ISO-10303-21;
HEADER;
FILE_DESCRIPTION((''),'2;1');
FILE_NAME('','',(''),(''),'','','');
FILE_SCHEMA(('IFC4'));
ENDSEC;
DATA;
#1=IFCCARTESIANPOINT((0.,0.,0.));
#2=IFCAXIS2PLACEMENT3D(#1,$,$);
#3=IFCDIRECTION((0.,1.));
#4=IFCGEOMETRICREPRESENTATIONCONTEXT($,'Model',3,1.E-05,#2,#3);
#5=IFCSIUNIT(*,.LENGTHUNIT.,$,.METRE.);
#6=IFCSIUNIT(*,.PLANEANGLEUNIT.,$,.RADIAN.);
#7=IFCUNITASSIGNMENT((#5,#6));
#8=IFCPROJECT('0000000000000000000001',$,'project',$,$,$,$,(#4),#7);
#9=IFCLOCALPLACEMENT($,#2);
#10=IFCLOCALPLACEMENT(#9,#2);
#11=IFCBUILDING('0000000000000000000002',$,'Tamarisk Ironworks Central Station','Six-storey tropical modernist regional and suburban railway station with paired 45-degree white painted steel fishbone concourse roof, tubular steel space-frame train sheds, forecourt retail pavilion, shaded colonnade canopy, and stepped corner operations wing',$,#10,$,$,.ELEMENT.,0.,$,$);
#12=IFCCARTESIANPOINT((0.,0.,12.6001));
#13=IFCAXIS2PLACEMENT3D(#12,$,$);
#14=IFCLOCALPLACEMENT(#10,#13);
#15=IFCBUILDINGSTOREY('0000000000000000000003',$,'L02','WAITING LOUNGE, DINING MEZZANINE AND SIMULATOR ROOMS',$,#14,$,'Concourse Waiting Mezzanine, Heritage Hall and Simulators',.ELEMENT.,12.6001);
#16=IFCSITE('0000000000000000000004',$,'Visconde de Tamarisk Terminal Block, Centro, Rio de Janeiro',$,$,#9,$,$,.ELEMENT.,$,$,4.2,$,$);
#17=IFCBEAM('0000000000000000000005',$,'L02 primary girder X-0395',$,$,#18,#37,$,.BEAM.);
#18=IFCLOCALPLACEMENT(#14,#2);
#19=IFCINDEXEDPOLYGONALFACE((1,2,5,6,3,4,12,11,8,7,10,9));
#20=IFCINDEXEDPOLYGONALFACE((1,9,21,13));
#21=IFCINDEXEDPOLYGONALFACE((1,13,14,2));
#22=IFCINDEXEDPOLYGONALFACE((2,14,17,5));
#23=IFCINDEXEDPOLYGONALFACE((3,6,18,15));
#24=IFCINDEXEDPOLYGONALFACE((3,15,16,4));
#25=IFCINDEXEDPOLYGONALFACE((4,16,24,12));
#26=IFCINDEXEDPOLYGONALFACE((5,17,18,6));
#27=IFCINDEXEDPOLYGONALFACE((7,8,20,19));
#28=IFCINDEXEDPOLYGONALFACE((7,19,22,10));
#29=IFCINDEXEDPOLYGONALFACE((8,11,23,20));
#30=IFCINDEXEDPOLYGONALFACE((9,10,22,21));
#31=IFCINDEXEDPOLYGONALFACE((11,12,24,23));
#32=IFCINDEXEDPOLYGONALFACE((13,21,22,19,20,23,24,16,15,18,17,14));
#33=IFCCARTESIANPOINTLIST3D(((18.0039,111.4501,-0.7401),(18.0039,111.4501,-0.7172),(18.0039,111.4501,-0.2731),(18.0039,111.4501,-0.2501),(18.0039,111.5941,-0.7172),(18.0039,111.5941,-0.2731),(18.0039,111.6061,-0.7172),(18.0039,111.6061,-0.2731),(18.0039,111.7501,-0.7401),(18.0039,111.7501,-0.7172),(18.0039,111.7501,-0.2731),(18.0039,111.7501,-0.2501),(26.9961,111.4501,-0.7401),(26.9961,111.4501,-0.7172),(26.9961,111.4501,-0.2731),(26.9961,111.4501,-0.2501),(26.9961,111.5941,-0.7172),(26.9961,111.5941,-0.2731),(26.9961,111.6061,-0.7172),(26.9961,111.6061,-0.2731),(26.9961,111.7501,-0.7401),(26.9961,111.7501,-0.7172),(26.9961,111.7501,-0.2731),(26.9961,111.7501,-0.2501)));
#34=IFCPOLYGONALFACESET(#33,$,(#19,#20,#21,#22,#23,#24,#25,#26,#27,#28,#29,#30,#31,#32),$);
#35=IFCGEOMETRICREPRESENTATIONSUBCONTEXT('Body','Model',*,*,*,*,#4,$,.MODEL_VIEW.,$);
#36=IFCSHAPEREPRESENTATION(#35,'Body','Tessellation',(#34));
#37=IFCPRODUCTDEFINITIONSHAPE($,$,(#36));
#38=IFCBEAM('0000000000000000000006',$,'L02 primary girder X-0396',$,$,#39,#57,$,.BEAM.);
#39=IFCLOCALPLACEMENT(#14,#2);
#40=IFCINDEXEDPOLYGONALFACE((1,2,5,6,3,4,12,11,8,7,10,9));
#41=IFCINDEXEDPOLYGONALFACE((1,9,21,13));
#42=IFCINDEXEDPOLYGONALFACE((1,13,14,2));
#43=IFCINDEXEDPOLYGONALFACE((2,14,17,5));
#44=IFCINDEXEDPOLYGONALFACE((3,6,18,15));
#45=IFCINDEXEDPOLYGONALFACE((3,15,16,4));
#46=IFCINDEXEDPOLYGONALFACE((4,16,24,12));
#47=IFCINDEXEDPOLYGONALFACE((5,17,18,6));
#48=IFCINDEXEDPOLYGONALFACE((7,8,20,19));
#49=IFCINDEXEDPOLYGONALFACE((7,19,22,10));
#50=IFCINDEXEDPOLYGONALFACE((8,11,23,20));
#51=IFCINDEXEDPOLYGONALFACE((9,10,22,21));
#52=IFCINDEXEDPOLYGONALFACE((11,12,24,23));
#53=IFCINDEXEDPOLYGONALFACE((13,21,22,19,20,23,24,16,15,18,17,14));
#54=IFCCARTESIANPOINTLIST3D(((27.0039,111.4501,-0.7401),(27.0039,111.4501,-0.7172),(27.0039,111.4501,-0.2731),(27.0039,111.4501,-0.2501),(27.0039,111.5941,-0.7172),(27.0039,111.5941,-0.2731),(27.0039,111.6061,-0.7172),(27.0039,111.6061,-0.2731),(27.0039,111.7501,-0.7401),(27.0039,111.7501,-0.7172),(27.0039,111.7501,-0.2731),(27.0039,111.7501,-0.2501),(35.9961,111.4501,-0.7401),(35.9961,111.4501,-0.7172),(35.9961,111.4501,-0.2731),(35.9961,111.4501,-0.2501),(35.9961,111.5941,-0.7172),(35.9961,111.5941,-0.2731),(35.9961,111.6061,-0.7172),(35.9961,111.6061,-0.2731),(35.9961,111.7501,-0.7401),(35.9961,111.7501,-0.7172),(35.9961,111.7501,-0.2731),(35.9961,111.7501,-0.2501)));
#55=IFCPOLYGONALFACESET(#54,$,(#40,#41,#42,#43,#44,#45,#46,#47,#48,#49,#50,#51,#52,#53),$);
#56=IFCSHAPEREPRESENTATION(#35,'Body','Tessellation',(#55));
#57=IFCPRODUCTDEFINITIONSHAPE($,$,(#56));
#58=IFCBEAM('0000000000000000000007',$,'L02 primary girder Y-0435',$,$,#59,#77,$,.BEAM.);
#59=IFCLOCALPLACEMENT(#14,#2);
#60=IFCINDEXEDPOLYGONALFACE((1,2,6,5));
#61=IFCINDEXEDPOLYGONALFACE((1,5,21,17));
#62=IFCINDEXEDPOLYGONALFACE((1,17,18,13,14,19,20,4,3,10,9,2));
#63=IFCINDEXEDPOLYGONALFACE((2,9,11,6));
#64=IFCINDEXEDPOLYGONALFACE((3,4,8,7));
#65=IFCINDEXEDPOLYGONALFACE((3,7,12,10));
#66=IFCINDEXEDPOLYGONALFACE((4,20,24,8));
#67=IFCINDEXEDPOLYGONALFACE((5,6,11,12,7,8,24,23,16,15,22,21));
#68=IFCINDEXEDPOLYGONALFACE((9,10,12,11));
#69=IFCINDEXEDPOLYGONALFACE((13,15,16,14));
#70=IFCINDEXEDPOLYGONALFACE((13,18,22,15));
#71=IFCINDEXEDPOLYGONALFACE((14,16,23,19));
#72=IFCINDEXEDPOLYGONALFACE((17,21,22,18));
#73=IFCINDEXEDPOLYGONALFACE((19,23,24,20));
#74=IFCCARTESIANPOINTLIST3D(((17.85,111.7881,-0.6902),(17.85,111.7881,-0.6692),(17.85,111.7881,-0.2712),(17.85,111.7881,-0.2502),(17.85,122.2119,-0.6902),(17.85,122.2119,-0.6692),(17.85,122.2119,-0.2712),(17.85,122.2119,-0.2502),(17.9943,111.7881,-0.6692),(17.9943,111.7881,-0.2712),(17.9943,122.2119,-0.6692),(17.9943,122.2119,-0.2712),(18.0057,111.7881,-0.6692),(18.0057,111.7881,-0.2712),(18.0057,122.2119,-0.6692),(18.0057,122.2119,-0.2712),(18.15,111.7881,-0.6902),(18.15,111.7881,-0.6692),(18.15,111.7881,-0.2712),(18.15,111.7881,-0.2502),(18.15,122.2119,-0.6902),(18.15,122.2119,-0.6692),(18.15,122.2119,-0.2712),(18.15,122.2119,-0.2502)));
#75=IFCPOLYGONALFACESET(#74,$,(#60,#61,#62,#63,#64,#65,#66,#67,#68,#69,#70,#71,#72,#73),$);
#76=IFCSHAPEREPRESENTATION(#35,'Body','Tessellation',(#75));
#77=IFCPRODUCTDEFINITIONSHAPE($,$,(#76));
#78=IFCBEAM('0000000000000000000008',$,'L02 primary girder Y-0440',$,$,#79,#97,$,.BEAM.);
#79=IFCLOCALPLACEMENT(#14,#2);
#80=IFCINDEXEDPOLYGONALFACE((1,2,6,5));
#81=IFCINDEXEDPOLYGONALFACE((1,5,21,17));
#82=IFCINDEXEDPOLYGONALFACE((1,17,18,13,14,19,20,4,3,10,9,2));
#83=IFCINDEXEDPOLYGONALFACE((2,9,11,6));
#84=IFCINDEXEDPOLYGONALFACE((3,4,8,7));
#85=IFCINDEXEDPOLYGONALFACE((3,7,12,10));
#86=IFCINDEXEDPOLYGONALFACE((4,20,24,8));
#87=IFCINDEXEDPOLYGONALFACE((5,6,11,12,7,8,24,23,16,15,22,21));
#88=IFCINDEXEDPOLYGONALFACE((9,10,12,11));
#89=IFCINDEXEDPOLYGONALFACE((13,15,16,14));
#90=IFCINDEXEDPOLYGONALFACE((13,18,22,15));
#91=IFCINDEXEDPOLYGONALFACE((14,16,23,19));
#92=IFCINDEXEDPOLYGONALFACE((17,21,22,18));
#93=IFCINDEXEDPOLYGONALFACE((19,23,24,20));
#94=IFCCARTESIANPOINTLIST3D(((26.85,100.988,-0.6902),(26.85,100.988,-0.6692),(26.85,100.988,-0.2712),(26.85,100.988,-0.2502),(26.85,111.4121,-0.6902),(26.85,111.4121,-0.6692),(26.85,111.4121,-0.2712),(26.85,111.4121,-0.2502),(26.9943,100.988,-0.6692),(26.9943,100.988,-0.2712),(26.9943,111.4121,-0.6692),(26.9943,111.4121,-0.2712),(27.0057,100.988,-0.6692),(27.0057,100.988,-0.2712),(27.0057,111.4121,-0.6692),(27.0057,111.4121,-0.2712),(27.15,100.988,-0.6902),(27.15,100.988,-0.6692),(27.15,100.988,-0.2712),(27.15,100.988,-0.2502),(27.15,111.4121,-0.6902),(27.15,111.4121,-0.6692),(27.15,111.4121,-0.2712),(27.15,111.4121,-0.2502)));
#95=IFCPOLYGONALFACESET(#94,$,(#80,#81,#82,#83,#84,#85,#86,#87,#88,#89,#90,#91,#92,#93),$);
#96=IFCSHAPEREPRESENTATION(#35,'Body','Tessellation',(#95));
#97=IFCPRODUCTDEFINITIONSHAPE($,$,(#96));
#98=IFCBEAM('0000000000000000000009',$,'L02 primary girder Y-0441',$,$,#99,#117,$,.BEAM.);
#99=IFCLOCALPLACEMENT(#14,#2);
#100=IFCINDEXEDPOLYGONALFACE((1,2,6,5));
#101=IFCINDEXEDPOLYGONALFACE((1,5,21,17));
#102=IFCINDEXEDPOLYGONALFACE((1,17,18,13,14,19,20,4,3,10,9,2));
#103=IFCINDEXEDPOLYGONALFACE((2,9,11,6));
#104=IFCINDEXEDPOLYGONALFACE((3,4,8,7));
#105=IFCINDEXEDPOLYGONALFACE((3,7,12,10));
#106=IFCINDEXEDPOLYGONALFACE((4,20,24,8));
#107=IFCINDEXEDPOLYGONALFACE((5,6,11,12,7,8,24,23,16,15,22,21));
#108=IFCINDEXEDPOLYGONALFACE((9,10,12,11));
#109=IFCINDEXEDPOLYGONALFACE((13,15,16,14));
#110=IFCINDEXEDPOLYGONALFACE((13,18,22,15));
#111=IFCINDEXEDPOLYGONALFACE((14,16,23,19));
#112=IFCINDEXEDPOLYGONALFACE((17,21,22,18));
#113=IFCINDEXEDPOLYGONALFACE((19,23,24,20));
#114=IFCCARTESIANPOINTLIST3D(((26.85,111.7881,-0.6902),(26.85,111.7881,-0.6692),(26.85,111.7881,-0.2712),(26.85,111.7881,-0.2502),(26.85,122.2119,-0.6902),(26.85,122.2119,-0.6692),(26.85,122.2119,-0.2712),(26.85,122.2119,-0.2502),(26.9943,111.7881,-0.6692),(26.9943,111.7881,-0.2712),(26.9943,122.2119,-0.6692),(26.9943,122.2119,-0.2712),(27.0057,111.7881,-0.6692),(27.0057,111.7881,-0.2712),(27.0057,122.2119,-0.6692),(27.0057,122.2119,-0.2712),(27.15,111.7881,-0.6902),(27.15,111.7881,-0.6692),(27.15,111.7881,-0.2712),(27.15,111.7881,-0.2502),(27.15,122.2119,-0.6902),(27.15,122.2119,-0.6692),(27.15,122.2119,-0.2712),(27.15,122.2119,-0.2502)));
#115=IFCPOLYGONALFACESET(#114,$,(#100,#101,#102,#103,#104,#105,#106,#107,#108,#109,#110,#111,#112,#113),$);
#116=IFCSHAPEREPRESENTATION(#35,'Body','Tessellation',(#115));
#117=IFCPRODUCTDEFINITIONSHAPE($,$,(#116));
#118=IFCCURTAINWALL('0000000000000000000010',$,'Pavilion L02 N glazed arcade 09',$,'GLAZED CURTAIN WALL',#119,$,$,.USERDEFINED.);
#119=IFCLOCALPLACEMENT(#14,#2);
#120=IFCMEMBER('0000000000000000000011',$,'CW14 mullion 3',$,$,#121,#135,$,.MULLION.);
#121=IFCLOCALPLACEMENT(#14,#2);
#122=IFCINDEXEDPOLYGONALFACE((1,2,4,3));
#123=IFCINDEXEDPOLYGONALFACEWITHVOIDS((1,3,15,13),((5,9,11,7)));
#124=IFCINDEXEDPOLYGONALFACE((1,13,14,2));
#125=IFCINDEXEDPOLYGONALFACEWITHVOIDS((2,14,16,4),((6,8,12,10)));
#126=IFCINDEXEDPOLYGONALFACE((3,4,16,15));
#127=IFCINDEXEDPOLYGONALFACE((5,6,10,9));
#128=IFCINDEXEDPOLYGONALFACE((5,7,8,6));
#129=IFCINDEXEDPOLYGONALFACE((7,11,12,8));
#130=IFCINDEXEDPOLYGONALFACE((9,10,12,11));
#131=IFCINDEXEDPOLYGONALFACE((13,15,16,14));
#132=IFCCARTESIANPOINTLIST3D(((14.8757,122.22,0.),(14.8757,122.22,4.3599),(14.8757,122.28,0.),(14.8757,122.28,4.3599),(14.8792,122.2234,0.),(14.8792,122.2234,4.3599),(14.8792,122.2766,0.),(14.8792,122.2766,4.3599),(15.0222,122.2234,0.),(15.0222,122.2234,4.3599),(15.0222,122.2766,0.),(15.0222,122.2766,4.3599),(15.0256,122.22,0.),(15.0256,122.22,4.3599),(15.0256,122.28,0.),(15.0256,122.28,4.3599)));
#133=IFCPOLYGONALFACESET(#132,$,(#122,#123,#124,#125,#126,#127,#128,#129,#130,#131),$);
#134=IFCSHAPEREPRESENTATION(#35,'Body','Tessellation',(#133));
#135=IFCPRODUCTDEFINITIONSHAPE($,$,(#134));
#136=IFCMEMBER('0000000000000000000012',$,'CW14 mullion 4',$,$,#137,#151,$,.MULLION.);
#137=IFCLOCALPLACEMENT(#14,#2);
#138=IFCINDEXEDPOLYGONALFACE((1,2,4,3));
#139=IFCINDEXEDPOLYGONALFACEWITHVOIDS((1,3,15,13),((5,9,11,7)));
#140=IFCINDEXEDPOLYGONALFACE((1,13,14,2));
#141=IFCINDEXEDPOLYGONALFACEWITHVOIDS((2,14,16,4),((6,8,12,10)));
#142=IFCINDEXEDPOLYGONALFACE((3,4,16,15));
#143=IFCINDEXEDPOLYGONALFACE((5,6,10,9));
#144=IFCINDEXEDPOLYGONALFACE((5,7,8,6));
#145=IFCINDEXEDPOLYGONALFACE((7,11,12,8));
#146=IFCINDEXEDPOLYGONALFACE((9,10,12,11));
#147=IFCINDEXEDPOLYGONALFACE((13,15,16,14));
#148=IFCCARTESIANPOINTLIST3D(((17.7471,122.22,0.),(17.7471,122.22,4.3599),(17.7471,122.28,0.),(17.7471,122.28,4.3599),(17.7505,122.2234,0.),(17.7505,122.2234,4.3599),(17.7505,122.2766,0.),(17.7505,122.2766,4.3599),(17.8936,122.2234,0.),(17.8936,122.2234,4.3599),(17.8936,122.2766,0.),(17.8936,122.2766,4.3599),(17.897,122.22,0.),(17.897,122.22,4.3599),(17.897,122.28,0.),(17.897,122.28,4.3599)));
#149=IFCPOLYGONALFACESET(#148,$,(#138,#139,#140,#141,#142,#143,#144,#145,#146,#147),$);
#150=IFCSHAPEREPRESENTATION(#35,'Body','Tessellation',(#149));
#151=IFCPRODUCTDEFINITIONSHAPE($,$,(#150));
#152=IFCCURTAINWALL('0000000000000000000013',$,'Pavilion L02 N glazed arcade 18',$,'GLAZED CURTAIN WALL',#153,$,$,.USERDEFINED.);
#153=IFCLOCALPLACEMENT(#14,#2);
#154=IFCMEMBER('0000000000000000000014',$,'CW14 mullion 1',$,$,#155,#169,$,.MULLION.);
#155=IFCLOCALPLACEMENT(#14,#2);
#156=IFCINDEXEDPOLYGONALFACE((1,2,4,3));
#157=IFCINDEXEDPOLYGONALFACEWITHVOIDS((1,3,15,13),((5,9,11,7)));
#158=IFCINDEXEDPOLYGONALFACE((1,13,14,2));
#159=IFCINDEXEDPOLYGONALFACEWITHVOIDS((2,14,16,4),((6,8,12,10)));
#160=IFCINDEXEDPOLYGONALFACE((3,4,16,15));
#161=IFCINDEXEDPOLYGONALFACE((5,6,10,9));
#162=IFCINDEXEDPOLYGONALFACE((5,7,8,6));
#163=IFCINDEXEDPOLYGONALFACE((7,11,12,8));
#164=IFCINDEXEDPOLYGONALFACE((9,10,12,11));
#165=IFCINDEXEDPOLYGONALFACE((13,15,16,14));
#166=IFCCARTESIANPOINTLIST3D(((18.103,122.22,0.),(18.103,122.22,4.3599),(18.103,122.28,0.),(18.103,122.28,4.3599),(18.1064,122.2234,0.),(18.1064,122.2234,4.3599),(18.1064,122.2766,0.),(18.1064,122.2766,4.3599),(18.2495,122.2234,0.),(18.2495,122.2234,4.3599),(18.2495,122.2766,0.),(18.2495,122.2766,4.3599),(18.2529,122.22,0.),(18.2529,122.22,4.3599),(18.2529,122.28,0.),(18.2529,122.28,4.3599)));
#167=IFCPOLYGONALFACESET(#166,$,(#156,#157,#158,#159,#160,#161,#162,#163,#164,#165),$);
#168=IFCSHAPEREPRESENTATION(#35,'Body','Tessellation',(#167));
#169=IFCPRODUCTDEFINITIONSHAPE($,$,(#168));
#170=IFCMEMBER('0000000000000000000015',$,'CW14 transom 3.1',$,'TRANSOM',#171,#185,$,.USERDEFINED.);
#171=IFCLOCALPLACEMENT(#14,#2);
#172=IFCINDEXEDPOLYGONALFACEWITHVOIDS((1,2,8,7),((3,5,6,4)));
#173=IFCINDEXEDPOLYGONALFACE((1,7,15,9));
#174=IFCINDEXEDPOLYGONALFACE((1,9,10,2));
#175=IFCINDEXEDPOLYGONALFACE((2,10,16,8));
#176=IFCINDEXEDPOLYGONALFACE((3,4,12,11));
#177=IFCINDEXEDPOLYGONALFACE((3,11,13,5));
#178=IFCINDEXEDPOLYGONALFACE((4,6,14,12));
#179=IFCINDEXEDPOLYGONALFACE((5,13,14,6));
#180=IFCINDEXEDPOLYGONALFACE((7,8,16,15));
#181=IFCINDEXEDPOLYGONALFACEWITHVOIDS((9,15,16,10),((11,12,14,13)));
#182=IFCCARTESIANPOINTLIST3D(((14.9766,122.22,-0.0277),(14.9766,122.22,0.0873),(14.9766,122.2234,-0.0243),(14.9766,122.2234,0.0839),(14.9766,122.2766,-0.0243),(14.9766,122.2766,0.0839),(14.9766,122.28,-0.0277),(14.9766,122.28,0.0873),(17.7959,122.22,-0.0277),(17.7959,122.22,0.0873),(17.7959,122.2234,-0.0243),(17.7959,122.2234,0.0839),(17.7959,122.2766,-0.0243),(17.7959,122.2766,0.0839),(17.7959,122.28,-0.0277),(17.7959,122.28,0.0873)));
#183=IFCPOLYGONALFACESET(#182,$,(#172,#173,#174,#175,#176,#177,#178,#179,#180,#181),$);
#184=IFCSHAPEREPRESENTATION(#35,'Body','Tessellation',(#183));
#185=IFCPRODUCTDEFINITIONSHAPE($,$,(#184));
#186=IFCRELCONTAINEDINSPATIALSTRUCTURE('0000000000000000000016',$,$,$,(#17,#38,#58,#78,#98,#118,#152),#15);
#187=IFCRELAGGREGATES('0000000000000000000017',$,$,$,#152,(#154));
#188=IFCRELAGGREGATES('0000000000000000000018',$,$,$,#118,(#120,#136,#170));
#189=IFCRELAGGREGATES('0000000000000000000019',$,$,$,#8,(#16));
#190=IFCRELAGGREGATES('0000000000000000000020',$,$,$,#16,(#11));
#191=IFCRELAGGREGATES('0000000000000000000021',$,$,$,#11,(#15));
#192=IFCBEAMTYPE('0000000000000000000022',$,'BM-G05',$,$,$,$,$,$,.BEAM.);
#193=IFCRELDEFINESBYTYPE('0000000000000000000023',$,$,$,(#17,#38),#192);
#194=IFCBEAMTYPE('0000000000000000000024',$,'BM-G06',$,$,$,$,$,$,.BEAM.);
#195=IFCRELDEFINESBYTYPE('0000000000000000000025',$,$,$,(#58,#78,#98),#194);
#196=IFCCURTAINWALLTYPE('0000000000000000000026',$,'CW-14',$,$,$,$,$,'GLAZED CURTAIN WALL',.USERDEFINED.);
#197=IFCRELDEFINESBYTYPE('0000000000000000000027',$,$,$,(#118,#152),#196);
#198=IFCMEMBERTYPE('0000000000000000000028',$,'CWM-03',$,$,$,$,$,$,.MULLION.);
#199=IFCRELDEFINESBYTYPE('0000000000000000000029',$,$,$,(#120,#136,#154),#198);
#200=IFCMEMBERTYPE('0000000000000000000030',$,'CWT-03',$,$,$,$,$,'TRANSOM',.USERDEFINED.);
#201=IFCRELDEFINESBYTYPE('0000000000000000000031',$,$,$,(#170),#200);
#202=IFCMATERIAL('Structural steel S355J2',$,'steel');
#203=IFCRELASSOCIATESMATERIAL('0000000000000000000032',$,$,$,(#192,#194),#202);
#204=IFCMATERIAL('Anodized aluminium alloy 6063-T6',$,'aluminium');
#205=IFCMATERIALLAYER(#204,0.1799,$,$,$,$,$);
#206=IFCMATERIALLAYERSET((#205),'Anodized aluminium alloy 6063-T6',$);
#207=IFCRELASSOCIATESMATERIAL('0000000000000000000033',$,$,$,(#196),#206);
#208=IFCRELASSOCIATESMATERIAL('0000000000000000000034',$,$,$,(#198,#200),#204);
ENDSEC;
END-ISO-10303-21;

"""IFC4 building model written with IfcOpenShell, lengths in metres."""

from ifc_helpers import new_model, si_unit, direction, frame, origin, origin_2d, place, context, subcontext, project, spatial, hollow_rectangle, i_section, extrude, material, layer, layer_set, material_profile, profile_set, type_object, element, aggregate, save


model = new_model("IFC4")

# Units and contexts
model_context = context("Model", 3, precision=1e-05, world=origin(), true_north=direction((0.0, 1.0)))
body_context = subcontext(model_context, "Body", "Model", "MODEL_VIEW")
ifc_project = project(units=[si_unit("LENGTHUNIT", "METRE"), si_unit("PLANEANGLEUNIT", "RADIAN")], contexts=[model_context])

# Site, building, storey
site_placement = place(None, origin())
site = spatial("IfcSite", under=ifc_project, at=site_placement, Name="Visconde de Tamarisk Terminal Block, Centro, Rio de Janeiro", CompositionType="ELEMENT", RefElevation=4.2)
building_placement = place(site_placement, origin())
building = spatial("IfcBuilding", under=site, at=building_placement, Name="Tamarisk Ironworks Central Station", Description="Six-storey tropical modernist regional and suburban railway station with paired 45-degree white painted steel fishbone concourse roof, tubular steel space-frame train sheds, forecourt retail pavilion, shaded colonnade canopy, and stepped corner operations wing", CompositionType="ELEMENT", ElevationOfRefHeight=0.0)
storey_placement = place(building_placement, frame((0.0, 0.0, 12.6001)))
storey = spatial("IfcBuildingStorey", under=building, at=storey_placement, Name="L02", Description="WAITING LOUNGE, DINING MEZZANINE AND SIMULATOR ROOMS", LongName="Concourse Waiting Mezzanine, Heritage Hall and Simulators", CompositionType="ELEMENT", Elevation=12.6001)

# Shared definitions
ifc_material_1 = material(Name="Structural steel S355J2", Category="steel")

# Beams
ifc_material_profile_1 = material_profile(ifc_material_1, i_section(OverallWidth=0.3, OverallDepth=0.49, WebThickness=0.012, FlangeThickness=0.0229, at=origin_2d()), Name="HEA 500")
ifc_profile_set_1 = profile_set([ifc_material_profile_1], Name="Structural steel S355J2")
beam_type_1 = type_object("IfcBeamType", Name="BM-G05", PredefinedType="BEAM", material=ifc_profile_set_1)
for number, where, z_axis, x_axis, name in (
    (1, (18.0039, 111.6001, -0.4951), (1.0, 0.0, 0.0), (0.0, 1.0, 0.0), "L02 primary girder X-0395"),
    (2, (27.0039, 111.6001, -0.4951), (1.0, 0.0, 0.0), (0.0, 1.0, 0.0), "L02 primary girder X-0396"),
):
    element("IfcBeam", number, at=place(storey_placement, frame(where, z_axis=z_axis, x_axis=x_axis)), inside=storey, type_object=beam_type_1, Name=name, PredefinedType="BEAM", context=body_context, shape_type="SweptSolid", body=[
        extrude(i_section(OverallWidth=0.3, OverallDepth=0.49, WebThickness=0.012, FlangeThickness=0.0229, at=origin_2d()), origin(), (0.0, 0.0, 1.0), 8.9922),
    ])
ifc_material_profile_2 = material_profile(ifc_material_1, i_section(OverallWidth=0.3, OverallDepth=0.4399, WebThickness=0.0115, FlangeThickness=0.021, at=origin_2d()), Name="HEA 450")
ifc_profile_set_2 = profile_set([ifc_material_profile_2], Name="Structural steel S355J2")
beam_type_2 = type_object("IfcBeamType", Name="BM-G06", PredefinedType="BEAM", material=ifc_profile_set_2)
beam_1_placement = place(storey_placement, frame((18.0, 111.7881, -0.4702), z_axis=(0.0, 1.0, 0.0), x_axis=(-1.0, 0.0, 0.0)))
element("IfcBeam", 3, at=beam_1_placement, inside=storey, type_object=beam_type_2, Name="L02 primary girder Y-0435", PredefinedType="BEAM", context=body_context, shape_type="SweptSolid", body=[
    extrude(i_section(OverallWidth=0.3, OverallDepth=0.4399, WebThickness=0.0115, FlangeThickness=0.021, at=origin_2d()), origin(), (0.0, 0.0, 1.0), 10.4238),
])
beam_2_placement = place(storey_placement, frame((27.0, 100.988, -0.4702), z_axis=(0.0, 1.0, 0.0), x_axis=(-1.0, 0.0, 0.0)))
element("IfcBeam", 4, at=beam_2_placement, inside=storey, type_object=beam_type_2, Name="L02 primary girder Y-0440", PredefinedType="BEAM", context=body_context, shape_type="SweptSolid", body=[
    extrude(i_section(OverallWidth=0.3, OverallDepth=0.4399, WebThickness=0.0115, FlangeThickness=0.021, at=origin_2d()), origin(), (0.0, 0.0, 1.0), 10.4241),
])
beam_3_placement = place(storey_placement, frame((27.0, 111.7881, -0.4702), z_axis=(0.0, 1.0, 0.0), x_axis=(-1.0, 0.0, 0.0)))
element("IfcBeam", 5, at=beam_3_placement, inside=storey, type_object=beam_type_2, Name="L02 primary girder Y-0441", PredefinedType="BEAM", context=body_context, shape_type="SweptSolid", body=[
    extrude(i_section(OverallWidth=0.3, OverallDepth=0.4399, WebThickness=0.0115, FlangeThickness=0.021, at=origin_2d()), origin(), (0.0, 0.0, 1.0), 10.4238),
])

# Curtain wall, members
ifc_material_2 = material(Name="Anodized aluminium alloy 6063-T6", Category="aluminium")
ifc_layer_1 = layer(ifc_material_2, 0.1799)
ifc_layer_set_1 = layer_set([ifc_layer_1], Name="Anodized aluminium alloy 6063-T6")
curtain_wall_type = type_object("IfcCurtainWallType", Name="CW-14", ElementType="GLAZED CURTAIN WALL", PredefinedType="USERDEFINED", material=ifc_layer_set_1)
curtain_wall_1_placement = place(storey_placement, origin())
curtain_wall_1 = element("IfcCurtainWall", 6, at=curtain_wall_1_placement, inside=storey, type_object=curtain_wall_type, Name="Pavilion L02 N glazed arcade 09", ObjectType="GLAZED CURTAIN WALL", PredefinedType="USERDEFINED")
ifc_material_profile_3 = material_profile(ifc_material_2, hollow_rectangle(XDim=0.0601, YDim=0.1499, WallThickness=0.0034, at=origin_2d()), Name="ALUM 150x60")
ifc_profile_set_3 = profile_set([ifc_material_profile_3], Name="Anodized aluminium alloy 6063-T6")
member_type_1 = type_object("IfcMemberType", Name="CWM-03", PredefinedType="MULLION", material=ifc_profile_set_3)
member_1_placement = place(storey_placement, frame((14.9507, 122.25, 0.0), z_axis=(0.0, 0.0, 1.0), x_axis=(0.0, 1.0, 0.0)))
member_1 = element("IfcMember", 7, at=member_1_placement, type_object=member_type_1, Name="CW14 mullion 3", PredefinedType="MULLION", context=body_context, shape_type="SweptSolid", body=[
    extrude(hollow_rectangle(XDim=0.0601, YDim=0.1499, WallThickness=0.0034, at=origin_2d()), origin(), (0.0, 0.0, 1.0), 4.3599),
])
member_2_placement = place(storey_placement, frame((17.822, 122.25, 0.0), z_axis=(0.0, 0.0, 1.0), x_axis=(0.0, 1.0, 0.0)))
member_2 = element("IfcMember", 8, at=member_2_placement, type_object=member_type_1, Name="CW14 mullion 4", PredefinedType="MULLION", context=body_context, shape_type="SweptSolid", body=[
    extrude(hollow_rectangle(XDim=0.0601, YDim=0.1499, WallThickness=0.0034, at=origin_2d()), origin(), (0.0, 0.0, 1.0), 4.3599),
])

# Curtain wall, member
curtain_wall_2_placement = place(storey_placement, origin())
curtain_wall_2 = element("IfcCurtainWall", 9, at=curtain_wall_2_placement, inside=storey, type_object=curtain_wall_type, Name="Pavilion L02 N glazed arcade 18", ObjectType="GLAZED CURTAIN WALL", PredefinedType="USERDEFINED")
member_3_placement = place(storey_placement, frame((18.178, 122.25, 0.0), z_axis=(0.0, 0.0, 1.0), x_axis=(0.0, 1.0, 0.0)))
member_3 = element("IfcMember", 10, at=member_3_placement, type_object=member_type_1, Name="CW14 mullion 1", PredefinedType="MULLION", context=body_context, shape_type="SweptSolid", body=[
    extrude(hollow_rectangle(XDim=0.0601, YDim=0.1499, WallThickness=0.0034, at=origin_2d()), origin(), (0.0, 0.0, 1.0), 4.3599),
])

# Member
ifc_material_profile_4 = material_profile(ifc_material_2, hollow_rectangle(XDim=0.0601, YDim=0.115, WallThickness=0.0034, at=origin_2d()), Name="ALUM 115x60")
ifc_profile_set_4 = profile_set([ifc_material_profile_4], Name="Anodized aluminium alloy 6063-T6")
member_type_2 = type_object("IfcMemberType", Name="CWT-03", ElementType="TRANSOM", PredefinedType="USERDEFINED", material=ifc_profile_set_4)
member_4_placement = place(storey_placement, frame((14.9766, 122.25, 0.0298), z_axis=(1.0, 0.0, 0.0), x_axis=(0.0, 1.0, 0.0)))
member_4 = element("IfcMember", 11, at=member_4_placement, type_object=member_type_2, Name="CW14 transom 3.1", ObjectType="TRANSOM", PredefinedType="USERDEFINED", context=body_context, shape_type="SweptSolid", body=[
    extrude(hollow_rectangle(XDim=0.0601, YDim=0.115, WallThickness=0.0034, at=origin_2d()), origin(), (0.0, 0.0, 1.0), 2.8193),
])
aggregate(curtain_wall_2, [member_3])

aggregate(curtain_wall_1, [member_1, member_2, member_4])

save(model, "model.ifc")
